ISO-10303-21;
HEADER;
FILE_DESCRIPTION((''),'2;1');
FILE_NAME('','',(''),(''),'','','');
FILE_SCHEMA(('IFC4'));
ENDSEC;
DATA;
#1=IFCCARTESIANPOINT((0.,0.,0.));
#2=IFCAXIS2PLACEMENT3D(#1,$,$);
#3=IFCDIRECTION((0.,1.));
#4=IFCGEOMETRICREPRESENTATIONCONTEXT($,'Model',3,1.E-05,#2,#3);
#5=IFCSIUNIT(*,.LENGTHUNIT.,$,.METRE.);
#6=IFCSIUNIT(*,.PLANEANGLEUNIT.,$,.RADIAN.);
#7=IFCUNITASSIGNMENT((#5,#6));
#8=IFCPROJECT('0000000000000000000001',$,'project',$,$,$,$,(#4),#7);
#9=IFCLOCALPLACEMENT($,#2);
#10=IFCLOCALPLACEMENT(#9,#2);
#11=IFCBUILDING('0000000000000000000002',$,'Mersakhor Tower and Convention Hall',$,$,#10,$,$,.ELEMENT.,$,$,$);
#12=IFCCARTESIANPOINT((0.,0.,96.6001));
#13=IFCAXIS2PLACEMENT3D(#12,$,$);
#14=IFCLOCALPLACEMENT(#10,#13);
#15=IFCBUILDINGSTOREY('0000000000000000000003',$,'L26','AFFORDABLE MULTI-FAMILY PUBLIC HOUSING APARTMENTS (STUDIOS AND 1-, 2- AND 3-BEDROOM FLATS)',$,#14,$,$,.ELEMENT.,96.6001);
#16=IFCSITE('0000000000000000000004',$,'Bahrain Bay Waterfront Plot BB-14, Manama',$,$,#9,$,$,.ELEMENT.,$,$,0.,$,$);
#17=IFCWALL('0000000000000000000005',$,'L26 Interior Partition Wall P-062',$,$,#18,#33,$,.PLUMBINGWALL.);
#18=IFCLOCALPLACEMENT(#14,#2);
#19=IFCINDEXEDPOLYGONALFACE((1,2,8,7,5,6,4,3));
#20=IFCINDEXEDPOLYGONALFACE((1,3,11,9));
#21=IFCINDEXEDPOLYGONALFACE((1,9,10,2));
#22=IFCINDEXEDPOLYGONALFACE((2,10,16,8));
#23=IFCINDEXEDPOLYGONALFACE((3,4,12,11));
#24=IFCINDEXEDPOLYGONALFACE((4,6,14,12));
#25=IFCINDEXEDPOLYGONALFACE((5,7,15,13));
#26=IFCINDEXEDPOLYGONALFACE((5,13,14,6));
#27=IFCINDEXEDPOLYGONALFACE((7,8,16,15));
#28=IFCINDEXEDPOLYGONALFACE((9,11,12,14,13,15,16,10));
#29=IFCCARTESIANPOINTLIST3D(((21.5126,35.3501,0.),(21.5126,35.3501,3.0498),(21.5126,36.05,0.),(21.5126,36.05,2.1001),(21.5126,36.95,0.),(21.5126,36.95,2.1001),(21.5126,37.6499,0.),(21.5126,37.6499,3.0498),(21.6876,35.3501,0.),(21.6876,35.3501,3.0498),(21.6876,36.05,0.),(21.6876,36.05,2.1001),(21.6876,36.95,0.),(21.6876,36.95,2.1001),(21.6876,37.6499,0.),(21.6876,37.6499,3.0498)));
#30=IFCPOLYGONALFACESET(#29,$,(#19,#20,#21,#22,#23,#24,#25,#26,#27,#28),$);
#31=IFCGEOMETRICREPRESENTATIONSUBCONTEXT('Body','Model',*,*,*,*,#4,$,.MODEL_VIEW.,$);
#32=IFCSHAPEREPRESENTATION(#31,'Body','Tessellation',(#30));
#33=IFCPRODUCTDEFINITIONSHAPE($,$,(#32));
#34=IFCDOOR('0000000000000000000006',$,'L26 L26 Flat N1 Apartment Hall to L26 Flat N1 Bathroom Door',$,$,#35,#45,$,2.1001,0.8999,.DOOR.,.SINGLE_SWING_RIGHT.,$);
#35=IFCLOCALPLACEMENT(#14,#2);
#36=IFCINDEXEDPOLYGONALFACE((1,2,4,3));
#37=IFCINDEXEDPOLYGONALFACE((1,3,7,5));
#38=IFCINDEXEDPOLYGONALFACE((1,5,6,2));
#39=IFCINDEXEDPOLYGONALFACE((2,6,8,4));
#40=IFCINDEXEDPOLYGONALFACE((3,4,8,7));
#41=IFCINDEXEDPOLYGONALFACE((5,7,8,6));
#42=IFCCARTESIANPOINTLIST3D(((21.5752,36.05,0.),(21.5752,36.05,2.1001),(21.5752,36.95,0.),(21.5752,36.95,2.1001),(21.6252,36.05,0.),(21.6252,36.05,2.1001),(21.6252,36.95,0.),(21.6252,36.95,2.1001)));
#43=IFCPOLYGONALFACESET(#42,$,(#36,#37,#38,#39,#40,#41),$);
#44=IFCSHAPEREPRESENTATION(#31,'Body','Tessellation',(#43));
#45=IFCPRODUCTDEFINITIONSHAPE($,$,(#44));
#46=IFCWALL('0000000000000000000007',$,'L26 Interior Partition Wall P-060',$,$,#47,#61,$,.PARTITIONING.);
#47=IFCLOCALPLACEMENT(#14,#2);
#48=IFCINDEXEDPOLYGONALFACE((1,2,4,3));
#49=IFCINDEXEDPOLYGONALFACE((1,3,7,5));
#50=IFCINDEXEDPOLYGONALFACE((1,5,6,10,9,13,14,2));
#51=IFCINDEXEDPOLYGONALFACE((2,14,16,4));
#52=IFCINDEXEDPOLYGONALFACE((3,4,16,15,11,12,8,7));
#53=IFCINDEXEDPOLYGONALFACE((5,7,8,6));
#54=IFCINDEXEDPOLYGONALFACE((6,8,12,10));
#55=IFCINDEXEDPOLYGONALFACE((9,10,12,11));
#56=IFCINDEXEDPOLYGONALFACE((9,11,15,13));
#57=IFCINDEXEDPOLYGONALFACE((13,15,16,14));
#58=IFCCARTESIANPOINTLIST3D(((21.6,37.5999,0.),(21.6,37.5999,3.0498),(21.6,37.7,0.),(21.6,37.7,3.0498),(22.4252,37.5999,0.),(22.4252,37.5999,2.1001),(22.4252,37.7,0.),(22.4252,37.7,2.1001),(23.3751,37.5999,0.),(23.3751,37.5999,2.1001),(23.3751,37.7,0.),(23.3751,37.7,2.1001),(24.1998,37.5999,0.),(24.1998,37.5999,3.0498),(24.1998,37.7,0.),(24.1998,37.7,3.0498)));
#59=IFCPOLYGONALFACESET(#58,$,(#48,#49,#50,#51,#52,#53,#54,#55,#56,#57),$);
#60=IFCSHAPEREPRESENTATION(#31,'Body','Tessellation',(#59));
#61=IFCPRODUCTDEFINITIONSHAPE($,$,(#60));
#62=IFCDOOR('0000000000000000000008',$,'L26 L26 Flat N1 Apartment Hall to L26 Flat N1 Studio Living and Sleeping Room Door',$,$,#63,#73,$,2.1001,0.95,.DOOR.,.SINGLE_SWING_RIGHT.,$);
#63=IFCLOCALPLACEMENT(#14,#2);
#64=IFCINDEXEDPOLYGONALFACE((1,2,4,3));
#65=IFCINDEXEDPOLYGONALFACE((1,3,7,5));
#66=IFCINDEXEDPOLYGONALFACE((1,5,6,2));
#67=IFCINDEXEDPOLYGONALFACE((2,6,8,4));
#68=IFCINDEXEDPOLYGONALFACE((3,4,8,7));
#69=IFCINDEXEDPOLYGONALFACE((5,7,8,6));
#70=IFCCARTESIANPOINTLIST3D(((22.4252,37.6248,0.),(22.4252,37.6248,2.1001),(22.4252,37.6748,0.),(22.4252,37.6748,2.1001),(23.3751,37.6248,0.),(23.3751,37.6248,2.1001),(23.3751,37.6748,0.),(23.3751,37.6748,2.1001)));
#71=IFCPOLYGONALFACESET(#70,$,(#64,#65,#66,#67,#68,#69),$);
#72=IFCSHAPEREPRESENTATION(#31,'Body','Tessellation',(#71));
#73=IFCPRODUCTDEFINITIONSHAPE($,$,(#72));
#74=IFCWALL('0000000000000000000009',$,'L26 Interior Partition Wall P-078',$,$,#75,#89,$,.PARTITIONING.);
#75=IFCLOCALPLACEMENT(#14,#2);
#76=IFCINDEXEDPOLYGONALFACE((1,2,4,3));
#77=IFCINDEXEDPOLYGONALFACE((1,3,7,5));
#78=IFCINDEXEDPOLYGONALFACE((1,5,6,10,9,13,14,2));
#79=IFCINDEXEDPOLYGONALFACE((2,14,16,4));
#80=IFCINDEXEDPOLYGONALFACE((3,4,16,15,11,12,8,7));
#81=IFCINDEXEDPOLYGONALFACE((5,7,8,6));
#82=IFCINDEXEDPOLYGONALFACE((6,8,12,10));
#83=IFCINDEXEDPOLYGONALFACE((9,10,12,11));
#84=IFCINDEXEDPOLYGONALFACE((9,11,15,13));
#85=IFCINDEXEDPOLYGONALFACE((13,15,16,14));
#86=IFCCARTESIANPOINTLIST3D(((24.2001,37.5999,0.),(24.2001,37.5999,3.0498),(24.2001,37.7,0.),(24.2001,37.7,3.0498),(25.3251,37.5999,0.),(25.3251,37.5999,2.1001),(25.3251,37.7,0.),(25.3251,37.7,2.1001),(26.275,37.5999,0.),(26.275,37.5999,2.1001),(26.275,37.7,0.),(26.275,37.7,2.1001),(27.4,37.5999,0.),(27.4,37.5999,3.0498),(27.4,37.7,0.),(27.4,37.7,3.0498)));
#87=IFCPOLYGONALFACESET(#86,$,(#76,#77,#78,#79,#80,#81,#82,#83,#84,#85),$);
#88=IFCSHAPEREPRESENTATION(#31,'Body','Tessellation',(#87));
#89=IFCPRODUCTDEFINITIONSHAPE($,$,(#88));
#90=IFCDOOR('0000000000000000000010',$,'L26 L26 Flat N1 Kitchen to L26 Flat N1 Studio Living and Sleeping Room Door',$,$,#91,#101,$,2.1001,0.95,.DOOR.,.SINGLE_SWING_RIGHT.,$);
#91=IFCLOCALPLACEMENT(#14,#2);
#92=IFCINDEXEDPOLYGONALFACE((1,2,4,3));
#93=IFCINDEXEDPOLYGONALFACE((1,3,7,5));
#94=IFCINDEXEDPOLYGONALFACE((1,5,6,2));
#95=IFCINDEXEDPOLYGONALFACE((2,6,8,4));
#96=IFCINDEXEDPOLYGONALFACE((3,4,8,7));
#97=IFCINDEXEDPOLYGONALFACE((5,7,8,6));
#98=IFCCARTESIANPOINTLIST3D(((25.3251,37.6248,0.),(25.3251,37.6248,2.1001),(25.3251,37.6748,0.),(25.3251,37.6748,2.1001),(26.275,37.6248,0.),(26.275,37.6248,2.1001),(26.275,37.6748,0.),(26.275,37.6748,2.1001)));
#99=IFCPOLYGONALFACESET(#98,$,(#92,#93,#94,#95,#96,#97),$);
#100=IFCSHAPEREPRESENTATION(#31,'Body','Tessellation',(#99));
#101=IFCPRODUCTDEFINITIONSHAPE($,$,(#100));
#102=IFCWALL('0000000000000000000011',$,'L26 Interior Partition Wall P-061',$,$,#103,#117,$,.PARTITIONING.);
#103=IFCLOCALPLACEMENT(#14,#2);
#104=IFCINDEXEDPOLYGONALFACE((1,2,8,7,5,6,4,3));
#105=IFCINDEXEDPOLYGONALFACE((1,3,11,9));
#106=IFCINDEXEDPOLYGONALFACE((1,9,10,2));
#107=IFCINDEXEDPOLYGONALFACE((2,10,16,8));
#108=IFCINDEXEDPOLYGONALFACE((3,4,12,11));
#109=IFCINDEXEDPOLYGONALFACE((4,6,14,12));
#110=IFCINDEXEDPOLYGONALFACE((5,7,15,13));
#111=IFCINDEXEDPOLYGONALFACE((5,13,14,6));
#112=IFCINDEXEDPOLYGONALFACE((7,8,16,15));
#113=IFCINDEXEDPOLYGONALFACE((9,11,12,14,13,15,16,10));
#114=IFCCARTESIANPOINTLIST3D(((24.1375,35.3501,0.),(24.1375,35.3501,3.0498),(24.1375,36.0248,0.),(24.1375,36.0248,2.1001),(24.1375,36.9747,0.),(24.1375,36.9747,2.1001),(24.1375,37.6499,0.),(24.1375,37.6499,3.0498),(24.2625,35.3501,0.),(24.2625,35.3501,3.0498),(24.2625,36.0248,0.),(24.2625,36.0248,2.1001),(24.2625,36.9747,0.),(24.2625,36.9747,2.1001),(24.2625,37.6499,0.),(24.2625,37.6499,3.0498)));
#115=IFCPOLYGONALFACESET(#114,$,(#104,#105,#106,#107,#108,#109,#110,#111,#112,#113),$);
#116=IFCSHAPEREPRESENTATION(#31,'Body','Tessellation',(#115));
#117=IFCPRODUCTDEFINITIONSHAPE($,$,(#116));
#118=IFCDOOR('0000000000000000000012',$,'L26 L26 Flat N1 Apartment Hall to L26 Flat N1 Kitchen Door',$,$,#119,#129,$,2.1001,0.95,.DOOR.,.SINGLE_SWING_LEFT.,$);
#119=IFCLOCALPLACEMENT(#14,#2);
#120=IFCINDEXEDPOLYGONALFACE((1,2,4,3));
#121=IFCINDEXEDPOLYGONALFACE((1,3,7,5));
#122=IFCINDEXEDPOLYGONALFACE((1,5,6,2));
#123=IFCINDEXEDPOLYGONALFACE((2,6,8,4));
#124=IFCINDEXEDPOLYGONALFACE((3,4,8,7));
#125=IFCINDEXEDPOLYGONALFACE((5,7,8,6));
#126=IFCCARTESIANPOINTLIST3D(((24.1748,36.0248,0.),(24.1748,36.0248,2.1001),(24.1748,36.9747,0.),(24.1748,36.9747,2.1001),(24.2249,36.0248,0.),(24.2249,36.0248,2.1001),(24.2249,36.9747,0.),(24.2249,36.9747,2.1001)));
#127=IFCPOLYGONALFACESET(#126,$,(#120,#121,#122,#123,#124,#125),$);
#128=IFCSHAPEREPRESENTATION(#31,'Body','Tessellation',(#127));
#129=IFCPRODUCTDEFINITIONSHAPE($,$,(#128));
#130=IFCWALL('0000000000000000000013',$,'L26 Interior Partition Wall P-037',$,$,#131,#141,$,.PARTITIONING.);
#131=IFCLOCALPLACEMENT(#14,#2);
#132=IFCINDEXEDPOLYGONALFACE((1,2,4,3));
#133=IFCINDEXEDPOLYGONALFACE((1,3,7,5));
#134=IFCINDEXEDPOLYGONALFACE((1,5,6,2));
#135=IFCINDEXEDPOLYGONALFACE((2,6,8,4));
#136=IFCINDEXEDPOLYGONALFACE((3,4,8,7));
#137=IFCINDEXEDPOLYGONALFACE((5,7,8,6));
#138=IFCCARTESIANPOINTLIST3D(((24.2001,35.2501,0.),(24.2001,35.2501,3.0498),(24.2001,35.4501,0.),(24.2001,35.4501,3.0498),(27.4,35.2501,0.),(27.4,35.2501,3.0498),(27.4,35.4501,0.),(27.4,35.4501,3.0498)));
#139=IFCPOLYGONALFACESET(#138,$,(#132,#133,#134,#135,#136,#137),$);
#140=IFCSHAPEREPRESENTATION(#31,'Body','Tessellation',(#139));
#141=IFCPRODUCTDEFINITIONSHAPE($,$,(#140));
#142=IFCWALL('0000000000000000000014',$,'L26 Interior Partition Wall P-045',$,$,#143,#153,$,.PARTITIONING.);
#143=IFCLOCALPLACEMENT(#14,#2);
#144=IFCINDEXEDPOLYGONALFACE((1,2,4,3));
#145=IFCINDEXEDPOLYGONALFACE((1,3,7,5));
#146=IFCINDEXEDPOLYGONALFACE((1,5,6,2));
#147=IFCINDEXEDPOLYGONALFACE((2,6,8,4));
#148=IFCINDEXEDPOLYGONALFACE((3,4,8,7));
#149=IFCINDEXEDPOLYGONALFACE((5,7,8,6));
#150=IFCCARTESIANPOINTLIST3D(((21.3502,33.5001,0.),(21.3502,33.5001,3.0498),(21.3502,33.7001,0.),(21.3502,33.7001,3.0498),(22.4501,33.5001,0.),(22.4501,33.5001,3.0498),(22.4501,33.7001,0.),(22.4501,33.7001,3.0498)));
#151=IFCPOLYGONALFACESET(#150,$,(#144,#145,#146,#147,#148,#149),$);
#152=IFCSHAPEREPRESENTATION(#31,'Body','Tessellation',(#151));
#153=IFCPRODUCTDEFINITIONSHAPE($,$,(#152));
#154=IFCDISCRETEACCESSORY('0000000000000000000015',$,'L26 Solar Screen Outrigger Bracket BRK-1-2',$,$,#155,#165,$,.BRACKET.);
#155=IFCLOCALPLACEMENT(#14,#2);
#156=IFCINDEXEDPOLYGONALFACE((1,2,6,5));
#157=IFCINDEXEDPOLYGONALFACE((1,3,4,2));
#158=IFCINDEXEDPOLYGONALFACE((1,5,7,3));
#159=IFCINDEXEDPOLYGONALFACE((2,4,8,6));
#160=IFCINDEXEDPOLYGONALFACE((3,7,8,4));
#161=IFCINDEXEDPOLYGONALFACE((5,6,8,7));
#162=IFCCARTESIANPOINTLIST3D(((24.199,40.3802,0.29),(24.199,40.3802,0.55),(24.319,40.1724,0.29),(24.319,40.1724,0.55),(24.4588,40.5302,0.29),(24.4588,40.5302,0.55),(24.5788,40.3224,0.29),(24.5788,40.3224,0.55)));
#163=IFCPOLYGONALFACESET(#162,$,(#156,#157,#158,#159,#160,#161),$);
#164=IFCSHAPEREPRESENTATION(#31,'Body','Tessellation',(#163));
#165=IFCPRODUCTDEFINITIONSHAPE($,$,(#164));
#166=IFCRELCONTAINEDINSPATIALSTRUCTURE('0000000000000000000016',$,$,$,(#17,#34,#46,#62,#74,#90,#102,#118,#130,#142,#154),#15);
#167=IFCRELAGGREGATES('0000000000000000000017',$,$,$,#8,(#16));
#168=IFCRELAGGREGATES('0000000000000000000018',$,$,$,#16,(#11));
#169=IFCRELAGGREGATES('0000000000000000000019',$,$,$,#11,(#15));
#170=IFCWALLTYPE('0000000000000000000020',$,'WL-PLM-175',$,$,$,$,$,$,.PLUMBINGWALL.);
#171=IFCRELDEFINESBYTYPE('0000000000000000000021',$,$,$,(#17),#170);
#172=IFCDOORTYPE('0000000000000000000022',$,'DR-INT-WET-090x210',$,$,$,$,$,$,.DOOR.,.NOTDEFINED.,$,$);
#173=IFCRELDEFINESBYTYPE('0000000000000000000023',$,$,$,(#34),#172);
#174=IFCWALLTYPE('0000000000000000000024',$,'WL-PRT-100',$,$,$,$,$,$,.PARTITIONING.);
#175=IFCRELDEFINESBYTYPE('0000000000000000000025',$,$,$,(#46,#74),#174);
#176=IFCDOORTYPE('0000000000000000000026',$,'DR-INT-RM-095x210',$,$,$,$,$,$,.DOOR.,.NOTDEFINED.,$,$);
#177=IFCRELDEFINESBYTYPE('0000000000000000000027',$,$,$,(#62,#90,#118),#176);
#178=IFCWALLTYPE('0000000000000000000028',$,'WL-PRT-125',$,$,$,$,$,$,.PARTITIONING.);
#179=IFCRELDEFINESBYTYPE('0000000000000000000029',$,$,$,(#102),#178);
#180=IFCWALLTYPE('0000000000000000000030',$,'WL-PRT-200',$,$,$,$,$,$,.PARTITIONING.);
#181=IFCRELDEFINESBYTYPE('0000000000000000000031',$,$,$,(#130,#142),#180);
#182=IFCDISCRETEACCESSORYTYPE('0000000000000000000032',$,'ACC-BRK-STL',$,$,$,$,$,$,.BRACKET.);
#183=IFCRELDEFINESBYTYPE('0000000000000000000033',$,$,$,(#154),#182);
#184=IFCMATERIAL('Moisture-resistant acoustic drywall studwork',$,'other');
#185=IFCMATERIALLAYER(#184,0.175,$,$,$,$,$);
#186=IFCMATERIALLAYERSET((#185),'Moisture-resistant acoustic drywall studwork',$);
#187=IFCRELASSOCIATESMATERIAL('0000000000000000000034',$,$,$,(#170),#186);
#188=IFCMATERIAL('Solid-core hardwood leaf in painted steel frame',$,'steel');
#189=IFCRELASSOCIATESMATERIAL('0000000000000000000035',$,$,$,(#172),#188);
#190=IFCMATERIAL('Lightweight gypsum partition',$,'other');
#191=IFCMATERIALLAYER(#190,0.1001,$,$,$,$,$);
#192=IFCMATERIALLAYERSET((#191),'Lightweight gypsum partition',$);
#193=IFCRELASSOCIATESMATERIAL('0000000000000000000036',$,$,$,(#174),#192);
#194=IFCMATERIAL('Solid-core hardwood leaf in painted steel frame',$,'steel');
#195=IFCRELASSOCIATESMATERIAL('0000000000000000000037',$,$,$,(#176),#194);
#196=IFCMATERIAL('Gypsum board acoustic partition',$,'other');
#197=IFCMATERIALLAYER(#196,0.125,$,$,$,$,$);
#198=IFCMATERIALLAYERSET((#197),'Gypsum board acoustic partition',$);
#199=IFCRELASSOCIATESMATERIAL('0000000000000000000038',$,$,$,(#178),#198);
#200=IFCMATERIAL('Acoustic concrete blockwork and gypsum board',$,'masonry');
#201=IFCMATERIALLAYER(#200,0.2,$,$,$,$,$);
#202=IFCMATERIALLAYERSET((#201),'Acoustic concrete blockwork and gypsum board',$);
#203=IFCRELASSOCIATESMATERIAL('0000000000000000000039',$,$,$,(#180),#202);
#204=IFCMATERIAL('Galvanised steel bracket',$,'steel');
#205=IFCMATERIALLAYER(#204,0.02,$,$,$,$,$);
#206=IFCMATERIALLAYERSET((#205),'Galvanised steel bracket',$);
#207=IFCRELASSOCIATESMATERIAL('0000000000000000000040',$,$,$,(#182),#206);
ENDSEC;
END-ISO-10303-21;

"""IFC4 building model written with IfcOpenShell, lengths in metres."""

from ifc_helpers import new_model, si_unit, direction, frame, frame_2d, origin, origin_2d, place, context, subcontext, project, spatial, rectangle, extrude, material, layer, layer_set, type_object, element, fill, save


model = new_model("IFC4")

# Units and contexts
model_context = context("Model", 3, precision=1e-05, world=origin(), true_north=direction((0.0, 1.0)))
body_context = subcontext(model_context, "Body", "Model", "MODEL_VIEW")
ifc_project = project(units=[si_unit("LENGTHUNIT", "METRE"), si_unit("PLANEANGLEUNIT", "RADIAN")], contexts=[model_context])

# Site, building, storey
site_placement = place(None, origin())
site = spatial("IfcSite", under=ifc_project, at=site_placement, Name="Bahrain Bay Waterfront Plot BB-14, Manama", CompositionType="ELEMENT", RefElevation=0.0)
building_placement = place(site_placement, origin())
building = spatial("IfcBuilding", under=site, at=building_placement, Name="Mersakhor Tower and Convention Hall", CompositionType="ELEMENT")
storey_placement = place(building_placement, frame((0.0, 0.0, 96.6001)))
storey = spatial("IfcBuildingStorey", under=building, at=storey_placement, Name="L26", Description="AFFORDABLE MULTI-FAMILY PUBLIC HOUSING APARTMENTS (STUDIOS AND 1-, 2- AND 3-BEDROOM FLATS)", CompositionType="ELEMENT", Elevation=96.6001)

# Walls, openings, doors
ifc_material_1 = material(Name="Moisture-resistant acoustic drywall studwork", Category="other")
ifc_layer_1 = layer(ifc_material_1, 0.175)
ifc_layer_set_1 = layer_set([ifc_layer_1], Name="Moisture-resistant acoustic drywall studwork")
wall_type_1 = type_object("IfcWallType", Name="WL-PLM-175", PredefinedType="PLUMBINGWALL", material=ifc_layer_set_1)
wall_1_placement = place(storey_placement, frame((21.6001, 35.3501, 0.0), z_axis=(0.0, 0.0, 1.0), x_axis=(0.0, 1.0, 0.0)))
wall_1 = element("IfcWall", 1, at=wall_1_placement, inside=storey, type_object=wall_type_1, Name="L26 Interior Partition Wall P-062", PredefinedType="PLUMBINGWALL", context=body_context, shape_type="SweptSolid", body=[
    extrude(rectangle(XDim=2.2998, YDim=0.175, at=frame_2d((1.1499, 0.0))), origin(), (0.0, 0.0, 1.0), 3.0498),
])
opening_1_placement = place(wall_1_placement, frame((0.7, 0.0, 0.0)))
opening_1 = element("IfcOpeningElement", 2, at=opening_1_placement, cuts=wall_1, PredefinedType="OPENING", context=body_context, shape_type="SweptSolid", body=[
    extrude(rectangle(XDim=0.8999, YDim=2.1001, at=frame_2d((0.45, 1.05))), frame((0.0, 0.0974, 0.0), z_axis=(0.0, -1.0, 0.0), x_axis=(1.0, 0.0, 0.0)), (0.0, 0.0, 1.0), 0.1951),
])
ifc_material_2 = material(Name="Solid-core hardwood leaf in painted steel frame", Category="steel")
door_type_1 = type_object("IfcDoorType", Name="DR-INT-WET-090x210", OperationType="NOTDEFINED", PredefinedType="DOOR", material=ifc_material_2)
door_1_placement = place(opening_1_placement, origin())
door_1 = element("IfcDoor", 3, at=door_1_placement, inside=storey, type_object=door_type_1, Name="L26 L26 Flat N1 Apartment Hall to L26 Flat N1 Bathroom Door", OperationType="SINGLE_SWING_RIGHT", OverallHeight=2.1001, OverallWidth=0.8999, PredefinedType="DOOR", context=body_context, shape_type="SweptSolid", body=[
    extrude(rectangle(XDim=0.8999, YDim=2.1001, at=frame_2d((0.45, 1.05))), frame((0.0, 0.0249, 0.0), z_axis=(0.0, -1.0, 0.0), x_axis=(1.0, 0.0, 0.0)), (0.0, 0.0, 1.0), 0.05),
])
fill(opening_1, door_1)
ifc_material_3 = material(Name="Lightweight gypsum partition", Category="other")
ifc_layer_2 = layer(ifc_material_3, 0.1001)
ifc_layer_set_2 = layer_set([ifc_layer_2], Name="Lightweight gypsum partition")
wall_type_2 = type_object("IfcWallType", Name="WL-PRT-100", PredefinedType="PARTITIONING", material=ifc_layer_set_2)
wall_2_placement = place(storey_placement, frame((21.6001, 37.6499, 0.0), z_axis=(0.0, 0.0, 1.0), x_axis=(1.0, 0.0, 0.0)))
wall_2 = element("IfcWall", 4, at=wall_2_placement, inside=storey, type_object=wall_type_2, Name="L26 Interior Partition Wall P-060", PredefinedType="PARTITIONING", context=body_context, shape_type="SweptSolid", body=[
    extrude(rectangle(XDim=2.5999, YDim=0.1001, at=frame_2d((1.2998, 0.0))), origin(), (0.0, 0.0, 1.0), 3.0498),
])
opening_2_placement = place(wall_2_placement, frame((0.825, 0.0, 0.0)))
opening_2 = element("IfcOpeningElement", 5, at=opening_2_placement, cuts=wall_2, PredefinedType="OPENING", context=body_context, shape_type="SweptSolid", body=[
    extrude(rectangle(XDim=0.95, YDim=2.1001, at=frame_2d((0.4751, 1.05))), frame((0.0, 0.0601, 0.0), z_axis=(0.0, -1.0, 0.0), x_axis=(1.0, 0.0, 0.0)), (0.0, 0.0, 1.0), 0.1201),
])
ifc_material_4 = material(Name="Solid-core hardwood leaf in painted steel frame", Category="steel")
door_type_2 = type_object("IfcDoorType", Name="DR-INT-RM-095x210", OperationType="NOTDEFINED", PredefinedType="DOOR", material=ifc_material_4)
door_2_placement = place(opening_2_placement, origin())
door_2 = element("IfcDoor", 6, at=door_2_placement, inside=storey, type_object=door_type_2, Name="L26 L26 Flat N1 Apartment Hall to L26 Flat N1 Studio Living and Sleeping Room Door", OperationType="SINGLE_SWING_RIGHT", OverallHeight=2.1001, OverallWidth=0.95, PredefinedType="DOOR", context=body_context, shape_type="SweptSolid", body=[
    extrude(rectangle(XDim=0.95, YDim=2.1001, at=frame_2d((0.4751, 1.05))), frame((0.0, 0.0249, 0.0), z_axis=(0.0, -1.0, 0.0), x_axis=(1.0, 0.0, 0.0)), (0.0, 0.0, 1.0), 0.05),
])
fill(opening_2, door_2)
wall_3_placement = place(storey_placement, frame((24.2, 37.6499, 0.0), z_axis=(0.0, 0.0, 1.0), x_axis=(1.0, 0.0, 0.0)))
wall_3 = element("IfcWall", 7, at=wall_3_placement, inside=storey, type_object=wall_type_2, Name="L26 Interior Partition Wall P-078", PredefinedType="PARTITIONING", context=body_context, shape_type="SweptSolid", body=[
    extrude(rectangle(XDim=3.2, YDim=0.1001, at=frame_2d((1.6001, 0.0))), origin(), (0.0, 0.0, 1.0), 3.0498),
])
opening_3_placement = place(wall_3_placement, frame((1.125, 0.0, 0.0)))
opening_3 = element("IfcOpeningElement", 8, at=opening_3_placement, cuts=wall_3, PredefinedType="OPENING", context=body_context, shape_type="SweptSolid", body=[
    extrude(rectangle(XDim=0.95, YDim=2.1001, at=frame_2d((0.4751, 1.05))), frame((0.0, 0.0601, 0.0), z_axis=(0.0, -1.0, 0.0), x_axis=(1.0, 0.0, 0.0)), (0.0, 0.0, 1.0), 0.1201),
])
door_3_placement = place(opening_3_placement, origin())
door_3 = element("IfcDoor", 9, at=door_3_placement, inside=storey, type_object=door_type_2, Name="L26 L26 Flat N1 Kitchen to L26 Flat N1 Studio Living and Sleeping Room Door", OperationType="SINGLE_SWING_RIGHT", OverallHeight=2.1001, OverallWidth=0.95, PredefinedType="DOOR", context=body_context, shape_type="SweptSolid", body=[
    extrude(rectangle(XDim=0.95, YDim=2.1001, at=frame_2d((0.4751, 1.05))), frame((0.0, 0.0249, 0.0), z_axis=(0.0, -1.0, 0.0), x_axis=(1.0, 0.0, 0.0)), (0.0, 0.0, 1.0), 0.05),
])
fill(opening_3, door_3)
ifc_material_5 = material(Name="Gypsum board acoustic partition", Category="other")
ifc_layer_3 = layer(ifc_material_5, 0.125)
ifc_layer_set_3 = layer_set([ifc_layer_3], Name="Gypsum board acoustic partition")
wall_type_3 = type_object("IfcWallType", Name="WL-PRT-125", PredefinedType="PARTITIONING", material=ifc_layer_set_3)
wall_4_placement = place(storey_placement, frame((24.2, 37.6499, 0.0), z_axis=(0.0, 0.0, 1.0), x_axis=(0.0, -1.0, 0.0)))
wall_4 = element("IfcWall", 10, at=wall_4_placement, inside=storey, type_object=wall_type_3, Name="L26 Interior Partition Wall P-061", PredefinedType="PARTITIONING", context=body_context, shape_type="SweptSolid", body=[
    extrude(rectangle(XDim=2.2998, YDim=0.125, at=frame_2d((1.1499, 0.0))), origin(), (0.0, 0.0, 1.0), 3.0498),
])
opening_4_placement = place(wall_4_placement, frame((0.675, 0.0, 0.0)))
opening_4 = element("IfcOpeningElement", 11, at=opening_4_placement, cuts=wall_4, PredefinedType="OPENING", context=body_context, shape_type="SweptSolid", body=[
    extrude(rectangle(XDim=0.95, YDim=2.1001, at=frame_2d((0.4751, 1.05))), frame((0.0, 0.0725, 0.0), z_axis=(0.0, -1.0, 0.0), x_axis=(1.0, 0.0, 0.0)), (0.0, 0.0, 1.0), 0.145),
])
door_4_placement = place(opening_4_placement, origin())
door_4 = element("IfcDoor", 12, at=door_4_placement, inside=storey, type_object=door_type_2, Name="L26 L26 Flat N1 Apartment Hall to L26 Flat N1 Kitchen Door", OperationType="SINGLE_SWING_LEFT", OverallHeight=2.1001, OverallWidth=0.95, PredefinedType="DOOR", context=body_context, shape_type="SweptSolid", body=[
    extrude(rectangle(XDim=0.95, YDim=2.1001, at=frame_2d((0.4751, 1.05))), frame((0.0, 0.0249, 0.0), z_axis=(0.0, -1.0, 0.0), x_axis=(1.0, 0.0, 0.0)), (0.0, 0.0, 1.0), 0.05),
])
fill(opening_4, door_4)
ifc_material_6 = material(Name="Acoustic concrete blockwork and gypsum board", Category="masonry")
ifc_layer_4 = layer(ifc_material_6, 0.2)
ifc_layer_set_4 = layer_set([ifc_layer_4], Name="Acoustic concrete blockwork and gypsum board")
wall_type_4 = type_object("IfcWallType", Name="WL-PRT-200", PredefinedType="PARTITIONING", material=ifc_layer_set_4)

# Walls
wall_5_placement = place(storey_placement, frame((24.2, 35.3501, 0.0), z_axis=(0.0, 0.0, 1.0), x_axis=(1.0, 0.0, 0.0)))
element("IfcWall", 13, at=wall_5_placement, inside=storey, type_object=wall_type_4, Name="L26 Interior Partition Wall P-037", PredefinedType="PARTITIONING", context=body_context, shape_type="SweptSolid", body=[
    extrude(rectangle(XDim=3.2, YDim=0.2, at=frame_2d((1.6001, 0.0))), origin(), (0.0, 0.0, 1.0), 3.0498),
])
wall_6_placement = place(storey_placement, frame((22.45, 33.6001, 0.0), z_axis=(0.0, 0.0, 1.0), x_axis=(-1.0, 0.0, 0.0)))
element("IfcWall", 14, at=wall_6_placement, inside=storey, type_object=wall_type_4, Name="L26 Interior Partition Wall P-045", PredefinedType="PARTITIONING", context=body_context, shape_type="SweptSolid", body=[
    extrude(rectangle(XDim=1.0999, YDim=0.2, at=frame_2d((0.5498, 0.0))), origin(), (0.0, 0.0, 1.0), 3.0498),
])

# Discrete accessory
ifc_material_7 = material(Name="Galvanised steel bracket", Category="steel")
ifc_layer_5 = layer(ifc_material_7, 0.02)
ifc_layer_set_5 = layer_set([ifc_layer_5], Name="Galvanised steel bracket")
discrete_accessory_type = type_object("IfcDiscreteAccessoryType", Name="ACC-BRK-STL", PredefinedType="BRACKET", material=ifc_layer_set_5)
discrete_accessory_1_placement = place(storey_placement, frame((24.3889, 40.3513, 0.29), z_axis=(0.0, 0.0, 1.0), x_axis=(0.866025, 0.5, 0.0)))
element("IfcDiscreteAccessory", 15, at=discrete_accessory_1_placement, inside=storey, type_object=discrete_accessory_type, Name="L26 Solar Screen Outrigger Bracket BRK-1-2", PredefinedType="BRACKET", context=body_context, shape_type="SweptSolid", body=[
    extrude(rectangle(XDim=0.3, YDim=0.24, at=origin_2d()), origin(), (0.0, 0.0, 1.0), 0.26),
])

save(model, "model.ifc")
